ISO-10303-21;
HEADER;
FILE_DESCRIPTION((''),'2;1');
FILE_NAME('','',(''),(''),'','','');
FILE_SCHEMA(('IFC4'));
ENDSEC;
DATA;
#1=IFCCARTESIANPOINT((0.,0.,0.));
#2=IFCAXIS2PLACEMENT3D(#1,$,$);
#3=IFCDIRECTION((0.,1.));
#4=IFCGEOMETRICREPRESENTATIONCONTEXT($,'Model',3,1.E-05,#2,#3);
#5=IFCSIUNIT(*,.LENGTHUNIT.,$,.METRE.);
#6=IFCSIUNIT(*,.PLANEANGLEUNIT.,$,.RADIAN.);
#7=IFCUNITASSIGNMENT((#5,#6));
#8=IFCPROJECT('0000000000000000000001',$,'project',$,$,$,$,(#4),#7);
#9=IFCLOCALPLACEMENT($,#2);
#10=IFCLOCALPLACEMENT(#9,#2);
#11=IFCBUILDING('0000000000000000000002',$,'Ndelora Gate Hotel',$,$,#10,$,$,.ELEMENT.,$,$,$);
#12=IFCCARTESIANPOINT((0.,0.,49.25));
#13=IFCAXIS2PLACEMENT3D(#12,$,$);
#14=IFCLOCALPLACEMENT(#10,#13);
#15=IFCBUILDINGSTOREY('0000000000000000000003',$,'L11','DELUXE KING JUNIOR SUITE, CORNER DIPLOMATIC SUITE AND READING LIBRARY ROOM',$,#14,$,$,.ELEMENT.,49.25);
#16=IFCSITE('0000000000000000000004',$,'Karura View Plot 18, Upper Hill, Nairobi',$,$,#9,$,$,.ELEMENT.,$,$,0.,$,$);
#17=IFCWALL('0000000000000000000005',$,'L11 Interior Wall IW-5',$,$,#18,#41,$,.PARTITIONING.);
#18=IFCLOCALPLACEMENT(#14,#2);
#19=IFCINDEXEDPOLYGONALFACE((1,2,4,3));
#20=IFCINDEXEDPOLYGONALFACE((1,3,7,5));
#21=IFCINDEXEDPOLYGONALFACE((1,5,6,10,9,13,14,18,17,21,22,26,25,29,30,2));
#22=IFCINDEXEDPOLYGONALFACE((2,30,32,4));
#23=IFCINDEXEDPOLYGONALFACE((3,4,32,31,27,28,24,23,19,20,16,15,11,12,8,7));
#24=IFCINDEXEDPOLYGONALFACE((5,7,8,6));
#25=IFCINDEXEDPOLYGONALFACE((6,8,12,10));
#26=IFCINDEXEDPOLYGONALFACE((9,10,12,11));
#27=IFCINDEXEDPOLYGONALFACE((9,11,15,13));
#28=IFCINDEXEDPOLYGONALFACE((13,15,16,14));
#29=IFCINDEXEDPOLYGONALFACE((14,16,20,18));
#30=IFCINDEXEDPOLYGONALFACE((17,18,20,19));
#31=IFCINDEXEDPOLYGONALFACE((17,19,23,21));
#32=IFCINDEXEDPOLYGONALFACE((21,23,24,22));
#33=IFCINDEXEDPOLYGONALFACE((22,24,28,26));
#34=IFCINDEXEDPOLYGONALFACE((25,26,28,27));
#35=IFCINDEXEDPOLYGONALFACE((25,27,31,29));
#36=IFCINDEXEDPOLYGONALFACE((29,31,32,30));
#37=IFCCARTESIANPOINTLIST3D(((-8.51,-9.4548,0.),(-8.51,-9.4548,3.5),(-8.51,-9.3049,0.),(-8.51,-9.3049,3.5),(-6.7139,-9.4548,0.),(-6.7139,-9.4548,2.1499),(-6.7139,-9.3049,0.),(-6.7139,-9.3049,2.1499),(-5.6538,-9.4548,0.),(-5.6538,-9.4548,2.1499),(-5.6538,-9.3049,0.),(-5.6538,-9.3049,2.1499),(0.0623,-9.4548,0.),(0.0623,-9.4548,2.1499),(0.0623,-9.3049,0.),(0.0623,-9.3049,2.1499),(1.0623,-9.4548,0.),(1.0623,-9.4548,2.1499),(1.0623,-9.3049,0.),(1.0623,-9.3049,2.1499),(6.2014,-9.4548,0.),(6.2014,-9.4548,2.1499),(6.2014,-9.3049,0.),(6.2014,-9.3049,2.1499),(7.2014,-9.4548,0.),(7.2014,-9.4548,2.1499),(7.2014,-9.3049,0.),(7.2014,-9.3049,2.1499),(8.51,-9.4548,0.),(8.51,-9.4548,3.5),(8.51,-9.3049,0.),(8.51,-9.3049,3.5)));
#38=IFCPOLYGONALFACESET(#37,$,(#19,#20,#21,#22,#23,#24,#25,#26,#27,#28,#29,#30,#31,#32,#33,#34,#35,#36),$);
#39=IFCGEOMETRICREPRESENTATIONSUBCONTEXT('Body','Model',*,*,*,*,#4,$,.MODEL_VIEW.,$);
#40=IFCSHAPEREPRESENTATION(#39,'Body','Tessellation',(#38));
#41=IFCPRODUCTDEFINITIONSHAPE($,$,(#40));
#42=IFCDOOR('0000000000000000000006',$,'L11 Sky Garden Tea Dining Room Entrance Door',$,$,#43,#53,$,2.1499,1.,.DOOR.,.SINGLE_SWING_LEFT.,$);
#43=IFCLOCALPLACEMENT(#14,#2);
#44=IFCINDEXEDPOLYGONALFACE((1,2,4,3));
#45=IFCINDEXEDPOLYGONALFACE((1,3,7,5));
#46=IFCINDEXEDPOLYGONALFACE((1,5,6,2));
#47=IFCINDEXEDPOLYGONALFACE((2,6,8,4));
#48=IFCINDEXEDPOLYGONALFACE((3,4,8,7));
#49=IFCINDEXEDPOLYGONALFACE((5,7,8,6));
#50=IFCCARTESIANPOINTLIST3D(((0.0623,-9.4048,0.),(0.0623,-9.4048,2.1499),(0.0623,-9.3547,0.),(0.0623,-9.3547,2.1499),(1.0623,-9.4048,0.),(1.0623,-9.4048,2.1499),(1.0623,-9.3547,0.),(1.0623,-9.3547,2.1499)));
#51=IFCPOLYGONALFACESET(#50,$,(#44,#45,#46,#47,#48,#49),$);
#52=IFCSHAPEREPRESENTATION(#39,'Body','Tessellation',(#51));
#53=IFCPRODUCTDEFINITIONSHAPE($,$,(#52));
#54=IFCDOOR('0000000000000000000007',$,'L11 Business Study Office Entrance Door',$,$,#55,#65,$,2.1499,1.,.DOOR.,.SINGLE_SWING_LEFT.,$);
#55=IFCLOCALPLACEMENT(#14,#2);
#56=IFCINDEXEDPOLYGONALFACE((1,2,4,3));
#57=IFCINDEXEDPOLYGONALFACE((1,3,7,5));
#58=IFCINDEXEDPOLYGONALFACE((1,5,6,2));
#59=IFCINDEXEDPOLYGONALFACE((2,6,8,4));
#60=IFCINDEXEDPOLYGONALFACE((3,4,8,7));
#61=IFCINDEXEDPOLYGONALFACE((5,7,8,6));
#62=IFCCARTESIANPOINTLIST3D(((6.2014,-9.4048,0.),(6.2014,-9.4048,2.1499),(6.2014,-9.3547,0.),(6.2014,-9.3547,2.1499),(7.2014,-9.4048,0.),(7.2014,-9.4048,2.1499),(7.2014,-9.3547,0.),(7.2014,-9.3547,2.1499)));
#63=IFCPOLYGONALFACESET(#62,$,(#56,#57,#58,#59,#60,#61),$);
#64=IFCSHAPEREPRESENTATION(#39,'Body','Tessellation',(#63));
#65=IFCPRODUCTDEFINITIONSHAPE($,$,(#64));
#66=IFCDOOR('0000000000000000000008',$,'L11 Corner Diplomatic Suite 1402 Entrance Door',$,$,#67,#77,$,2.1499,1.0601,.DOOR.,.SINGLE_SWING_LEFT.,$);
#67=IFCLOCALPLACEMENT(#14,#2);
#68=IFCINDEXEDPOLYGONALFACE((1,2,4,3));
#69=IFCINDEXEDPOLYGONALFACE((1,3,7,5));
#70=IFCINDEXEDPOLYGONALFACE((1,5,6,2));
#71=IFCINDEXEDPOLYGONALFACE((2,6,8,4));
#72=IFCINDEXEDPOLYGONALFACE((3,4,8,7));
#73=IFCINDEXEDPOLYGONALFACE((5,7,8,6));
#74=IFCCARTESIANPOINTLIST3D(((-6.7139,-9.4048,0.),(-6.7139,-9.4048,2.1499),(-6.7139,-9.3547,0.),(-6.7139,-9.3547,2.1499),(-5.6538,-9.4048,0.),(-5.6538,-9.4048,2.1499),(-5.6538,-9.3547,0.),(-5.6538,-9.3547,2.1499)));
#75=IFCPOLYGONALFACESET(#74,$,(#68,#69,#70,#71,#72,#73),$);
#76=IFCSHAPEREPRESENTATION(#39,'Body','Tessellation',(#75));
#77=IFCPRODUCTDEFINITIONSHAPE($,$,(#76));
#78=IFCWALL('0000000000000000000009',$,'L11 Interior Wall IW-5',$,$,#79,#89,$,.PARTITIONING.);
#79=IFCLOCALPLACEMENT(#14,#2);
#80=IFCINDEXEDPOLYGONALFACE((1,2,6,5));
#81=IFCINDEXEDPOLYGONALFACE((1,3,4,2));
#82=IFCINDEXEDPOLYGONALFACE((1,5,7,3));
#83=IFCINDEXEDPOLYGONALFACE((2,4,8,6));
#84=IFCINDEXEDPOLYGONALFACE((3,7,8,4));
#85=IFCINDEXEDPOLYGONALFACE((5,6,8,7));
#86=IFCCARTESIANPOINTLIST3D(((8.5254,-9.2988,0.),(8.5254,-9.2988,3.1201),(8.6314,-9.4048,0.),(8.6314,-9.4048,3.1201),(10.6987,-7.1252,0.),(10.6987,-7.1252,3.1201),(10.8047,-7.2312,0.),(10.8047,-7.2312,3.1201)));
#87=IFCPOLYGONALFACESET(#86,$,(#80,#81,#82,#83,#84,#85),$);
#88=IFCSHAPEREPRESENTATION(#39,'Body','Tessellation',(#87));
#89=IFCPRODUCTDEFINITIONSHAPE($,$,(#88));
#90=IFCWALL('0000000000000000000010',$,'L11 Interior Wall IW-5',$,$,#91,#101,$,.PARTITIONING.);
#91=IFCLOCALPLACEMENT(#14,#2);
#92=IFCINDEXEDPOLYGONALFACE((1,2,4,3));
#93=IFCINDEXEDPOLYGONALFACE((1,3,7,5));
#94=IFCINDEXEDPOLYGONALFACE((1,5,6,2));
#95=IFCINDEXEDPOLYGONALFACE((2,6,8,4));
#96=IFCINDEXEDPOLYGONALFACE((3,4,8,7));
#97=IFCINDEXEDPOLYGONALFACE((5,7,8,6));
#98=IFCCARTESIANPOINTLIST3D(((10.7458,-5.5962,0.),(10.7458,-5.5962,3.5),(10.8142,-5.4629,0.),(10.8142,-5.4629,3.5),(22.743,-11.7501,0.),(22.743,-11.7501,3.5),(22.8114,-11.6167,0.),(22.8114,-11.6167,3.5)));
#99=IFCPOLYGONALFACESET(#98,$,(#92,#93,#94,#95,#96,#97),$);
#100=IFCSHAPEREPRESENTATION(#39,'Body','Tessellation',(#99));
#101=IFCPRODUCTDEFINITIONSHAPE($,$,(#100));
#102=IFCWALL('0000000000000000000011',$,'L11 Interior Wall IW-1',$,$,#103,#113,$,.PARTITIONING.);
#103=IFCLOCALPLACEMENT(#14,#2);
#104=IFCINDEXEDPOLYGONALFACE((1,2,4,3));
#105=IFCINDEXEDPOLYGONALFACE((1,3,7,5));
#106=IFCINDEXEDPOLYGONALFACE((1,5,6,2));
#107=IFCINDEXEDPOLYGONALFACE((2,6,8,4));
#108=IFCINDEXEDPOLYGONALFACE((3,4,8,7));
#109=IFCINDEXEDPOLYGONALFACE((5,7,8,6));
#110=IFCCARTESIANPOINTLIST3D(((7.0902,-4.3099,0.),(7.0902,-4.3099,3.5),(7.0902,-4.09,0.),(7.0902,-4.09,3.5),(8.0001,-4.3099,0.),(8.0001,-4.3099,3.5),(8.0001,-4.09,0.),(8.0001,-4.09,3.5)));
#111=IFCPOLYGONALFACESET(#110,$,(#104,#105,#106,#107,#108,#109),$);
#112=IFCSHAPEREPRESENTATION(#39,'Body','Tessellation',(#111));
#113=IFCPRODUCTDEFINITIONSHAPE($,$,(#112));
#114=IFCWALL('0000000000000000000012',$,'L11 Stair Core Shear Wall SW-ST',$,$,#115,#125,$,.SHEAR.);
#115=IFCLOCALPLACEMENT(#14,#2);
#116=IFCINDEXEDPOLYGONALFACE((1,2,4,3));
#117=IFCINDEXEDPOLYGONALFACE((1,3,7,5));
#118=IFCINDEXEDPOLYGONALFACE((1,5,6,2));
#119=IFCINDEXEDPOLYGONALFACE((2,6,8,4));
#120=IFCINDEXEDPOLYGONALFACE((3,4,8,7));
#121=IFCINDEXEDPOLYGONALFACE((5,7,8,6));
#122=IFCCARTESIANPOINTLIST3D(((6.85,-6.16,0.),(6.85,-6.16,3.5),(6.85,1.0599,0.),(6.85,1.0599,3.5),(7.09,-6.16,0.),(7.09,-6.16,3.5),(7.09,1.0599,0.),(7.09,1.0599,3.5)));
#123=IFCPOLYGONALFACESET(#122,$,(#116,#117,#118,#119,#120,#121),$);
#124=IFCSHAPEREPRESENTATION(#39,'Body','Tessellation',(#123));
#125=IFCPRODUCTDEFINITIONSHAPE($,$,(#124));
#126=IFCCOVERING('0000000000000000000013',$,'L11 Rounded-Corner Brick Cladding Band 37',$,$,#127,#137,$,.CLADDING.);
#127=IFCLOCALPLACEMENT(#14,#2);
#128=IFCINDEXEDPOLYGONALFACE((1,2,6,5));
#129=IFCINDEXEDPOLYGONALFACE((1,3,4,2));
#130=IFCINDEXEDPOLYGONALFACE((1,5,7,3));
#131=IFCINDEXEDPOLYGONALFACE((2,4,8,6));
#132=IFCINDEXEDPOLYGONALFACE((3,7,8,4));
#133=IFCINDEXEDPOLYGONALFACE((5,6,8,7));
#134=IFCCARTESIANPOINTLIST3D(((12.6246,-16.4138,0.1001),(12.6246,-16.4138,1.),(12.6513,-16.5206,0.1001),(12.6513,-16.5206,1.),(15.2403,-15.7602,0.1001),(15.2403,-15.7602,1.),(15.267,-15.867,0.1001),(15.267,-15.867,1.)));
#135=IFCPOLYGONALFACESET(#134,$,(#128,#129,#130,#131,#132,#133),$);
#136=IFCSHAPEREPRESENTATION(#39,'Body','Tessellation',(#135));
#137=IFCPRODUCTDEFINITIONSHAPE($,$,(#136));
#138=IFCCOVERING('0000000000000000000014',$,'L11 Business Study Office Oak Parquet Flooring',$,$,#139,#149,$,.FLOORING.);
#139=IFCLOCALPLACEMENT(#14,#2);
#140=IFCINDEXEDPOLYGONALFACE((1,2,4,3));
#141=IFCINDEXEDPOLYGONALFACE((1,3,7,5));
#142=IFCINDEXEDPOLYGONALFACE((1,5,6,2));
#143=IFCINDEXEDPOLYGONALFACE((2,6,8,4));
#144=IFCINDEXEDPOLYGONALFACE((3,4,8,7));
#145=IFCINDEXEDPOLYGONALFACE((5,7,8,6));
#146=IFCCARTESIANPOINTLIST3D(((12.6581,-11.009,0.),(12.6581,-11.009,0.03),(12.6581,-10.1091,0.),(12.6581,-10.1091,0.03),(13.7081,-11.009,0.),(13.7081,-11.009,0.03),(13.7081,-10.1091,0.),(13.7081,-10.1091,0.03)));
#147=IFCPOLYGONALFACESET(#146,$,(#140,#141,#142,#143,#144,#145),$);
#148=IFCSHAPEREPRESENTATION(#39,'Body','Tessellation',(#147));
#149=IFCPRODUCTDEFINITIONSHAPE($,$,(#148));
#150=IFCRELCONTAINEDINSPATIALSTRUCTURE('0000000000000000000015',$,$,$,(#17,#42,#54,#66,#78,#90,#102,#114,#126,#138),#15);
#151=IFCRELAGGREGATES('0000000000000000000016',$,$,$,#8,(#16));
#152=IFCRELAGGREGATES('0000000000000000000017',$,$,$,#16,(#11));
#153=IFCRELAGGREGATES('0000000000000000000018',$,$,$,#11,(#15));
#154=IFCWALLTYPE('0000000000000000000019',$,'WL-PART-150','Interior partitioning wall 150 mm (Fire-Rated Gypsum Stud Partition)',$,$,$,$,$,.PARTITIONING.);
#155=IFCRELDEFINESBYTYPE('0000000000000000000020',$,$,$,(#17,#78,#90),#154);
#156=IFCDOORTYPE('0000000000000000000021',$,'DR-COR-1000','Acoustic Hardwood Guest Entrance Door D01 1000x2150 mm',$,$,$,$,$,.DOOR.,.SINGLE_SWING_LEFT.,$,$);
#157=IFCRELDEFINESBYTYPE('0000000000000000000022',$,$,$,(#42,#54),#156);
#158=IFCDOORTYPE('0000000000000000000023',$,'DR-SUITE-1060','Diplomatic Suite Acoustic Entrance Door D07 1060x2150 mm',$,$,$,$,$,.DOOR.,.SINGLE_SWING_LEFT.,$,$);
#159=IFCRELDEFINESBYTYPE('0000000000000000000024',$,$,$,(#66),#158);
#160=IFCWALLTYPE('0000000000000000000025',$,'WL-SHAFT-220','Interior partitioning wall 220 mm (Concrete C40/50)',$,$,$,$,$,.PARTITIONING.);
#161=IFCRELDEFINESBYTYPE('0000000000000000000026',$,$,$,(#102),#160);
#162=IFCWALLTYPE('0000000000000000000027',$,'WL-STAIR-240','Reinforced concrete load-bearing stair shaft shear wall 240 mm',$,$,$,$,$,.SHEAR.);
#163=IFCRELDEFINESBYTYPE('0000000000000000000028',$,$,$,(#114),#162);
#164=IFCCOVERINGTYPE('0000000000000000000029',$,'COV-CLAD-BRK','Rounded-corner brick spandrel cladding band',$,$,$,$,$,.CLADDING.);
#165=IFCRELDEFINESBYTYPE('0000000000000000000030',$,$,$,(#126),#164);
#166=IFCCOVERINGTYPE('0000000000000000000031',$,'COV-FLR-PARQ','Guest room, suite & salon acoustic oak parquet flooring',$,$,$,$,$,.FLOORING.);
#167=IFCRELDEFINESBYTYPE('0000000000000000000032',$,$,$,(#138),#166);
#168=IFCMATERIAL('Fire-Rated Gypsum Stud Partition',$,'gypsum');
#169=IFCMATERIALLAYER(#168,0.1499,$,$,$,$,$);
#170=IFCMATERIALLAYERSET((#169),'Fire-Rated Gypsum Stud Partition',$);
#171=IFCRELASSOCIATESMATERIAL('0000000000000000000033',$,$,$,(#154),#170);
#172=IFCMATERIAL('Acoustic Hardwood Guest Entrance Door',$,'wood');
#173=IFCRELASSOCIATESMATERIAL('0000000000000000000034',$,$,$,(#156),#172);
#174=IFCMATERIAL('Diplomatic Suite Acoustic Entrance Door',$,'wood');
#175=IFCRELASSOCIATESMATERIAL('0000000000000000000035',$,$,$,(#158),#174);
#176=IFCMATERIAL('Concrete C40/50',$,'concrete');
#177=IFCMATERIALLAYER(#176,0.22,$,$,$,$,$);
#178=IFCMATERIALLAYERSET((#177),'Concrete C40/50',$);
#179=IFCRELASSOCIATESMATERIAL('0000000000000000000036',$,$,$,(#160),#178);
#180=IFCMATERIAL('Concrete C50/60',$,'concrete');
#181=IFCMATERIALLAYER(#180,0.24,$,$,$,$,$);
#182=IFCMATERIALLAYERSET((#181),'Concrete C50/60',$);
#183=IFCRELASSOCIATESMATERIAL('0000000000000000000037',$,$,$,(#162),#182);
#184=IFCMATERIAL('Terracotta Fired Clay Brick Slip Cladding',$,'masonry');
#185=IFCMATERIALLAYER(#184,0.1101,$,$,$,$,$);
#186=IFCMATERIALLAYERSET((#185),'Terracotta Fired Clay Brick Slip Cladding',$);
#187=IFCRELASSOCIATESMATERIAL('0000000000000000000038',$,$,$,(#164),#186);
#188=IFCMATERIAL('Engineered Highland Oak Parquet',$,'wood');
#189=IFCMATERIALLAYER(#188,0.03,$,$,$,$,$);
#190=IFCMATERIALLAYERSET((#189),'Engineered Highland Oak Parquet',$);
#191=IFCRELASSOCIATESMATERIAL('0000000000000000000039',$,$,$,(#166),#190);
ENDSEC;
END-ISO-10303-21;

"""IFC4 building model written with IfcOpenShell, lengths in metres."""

from ifc_helpers import new_model, si_unit, direction, frame, frame_2d, origin, origin_2d, place, context, subcontext, project, spatial, rectangle, extrude, material, layer, layer_set, type_object, element, fill, save


model = new_model("IFC4")

# Units and contexts
model_context = context("Model", 3, precision=1e-05, world=origin(), true_north=direction((0.0, 1.0)))
body_context = subcontext(model_context, "Body", "Model", "MODEL_VIEW")
ifc_project = project(units=[si_unit("LENGTHUNIT", "METRE"), si_unit("PLANEANGLEUNIT", "RADIAN")], contexts=[model_context])

# Site, building, storey
site_placement = place(None, origin())
site = spatial("IfcSite", under=ifc_project, at=site_placement, Name="Karura View Plot 18, Upper Hill, Nairobi", CompositionType="ELEMENT", RefElevation=0.0)
building_placement = place(site_placement, origin())
building = spatial("IfcBuilding", under=site, at=building_placement, Name="Ndelora Gate Hotel", CompositionType="ELEMENT")
storey_placement = place(building_placement, frame((0.0, 0.0, 49.25)))
storey = spatial("IfcBuildingStorey", under=building, at=storey_placement, Name="L11", Description="DELUXE KING JUNIOR SUITE, CORNER DIPLOMATIC SUITE AND READING LIBRARY ROOM", CompositionType="ELEMENT", Elevation=49.25)

# Wall, openings, doors
ifc_material_1 = material(Name="Fire-Rated Gypsum Stud Partition", Category="gypsum")
ifc_layer_1 = layer(ifc_material_1, 0.1499)
ifc_layer_set_1 = layer_set([ifc_layer_1], Name="Fire-Rated Gypsum Stud Partition")
wall_type_1 = type_object("IfcWallType", Name="WL-PART-150", Description="Interior partitioning wall 150 mm (Fire-Rated Gypsum Stud Partition)", PredefinedType="PARTITIONING", material=ifc_layer_set_1)
wall_1_placement = place(storey_placement, frame((8.51, -9.3799, 0.0), z_axis=(0.0, 0.0, 1.0), x_axis=(-1.0, 0.0, 0.0)))
wall_1 = element("IfcWall", 1, at=wall_1_placement, inside=storey, type_object=wall_type_1, Name="L11 Interior Wall IW-5", PredefinedType="PARTITIONING", context=body_context, shape_type="SweptSolid", body=[
    extrude(rectangle(XDim=17.02, YDim=0.1499, at=frame_2d((8.51, 0.0))), origin(), (0.0, 0.0, 1.0), 3.5),
])
opening_1_placement = place(wall_1_placement, frame((7.4478, 0.0, 0.0)))
opening_1 = element("IfcOpeningElement", 2, at=opening_1_placement, cuts=wall_1, PredefinedType="OPENING", context=body_context, shape_type="SweptSolid", body=[
    extrude(rectangle(XDim=1.0, YDim=2.1499, at=frame_2d((0.5, 1.075))), frame((0.0, 0.085, 0.0), z_axis=(0.0, -1.0, 0.0), x_axis=(1.0, 0.0, 0.0)), (0.0, 0.0, 1.0), 0.1699),
])
opening_2_placement = place(wall_1_placement, frame((1.3086, 0.0, 0.0)))
opening_2 = element("IfcOpeningElement", 3, at=opening_2_placement, cuts=wall_1, PredefinedType="OPENING", context=body_context, shape_type="SweptSolid", body=[
    extrude(rectangle(XDim=1.0, YDim=2.1499, at=frame_2d((0.5, 1.075))), frame((0.0, 0.085, 0.0), z_axis=(0.0, -1.0, 0.0), x_axis=(1.0, 0.0, 0.0)), (0.0, 0.0, 1.0), 0.1699),
])
opening_3_placement = place(wall_1_placement, frame((14.1638, 0.0, 0.0)))
opening_3 = element("IfcOpeningElement", 4, at=opening_3_placement, cuts=wall_1, PredefinedType="OPENING", context=body_context, shape_type="SweptSolid", body=[
    extrude(rectangle(XDim=1.0601, YDim=2.1499, at=frame_2d((0.53, 1.075))), frame((0.0, 0.085, 0.0), z_axis=(0.0, -1.0, 0.0), x_axis=(1.0, 0.0, 0.0)), (0.0, 0.0, 1.0), 0.1699),
])
ifc_material_2 = material(Name="Acoustic Hardwood Guest Entrance Door", Category="wood")
door_type_1 = type_object("IfcDoorType", Name="DR-COR-1000", Description="Acoustic Hardwood Guest Entrance Door D01 1000x2150 mm", OperationType="SINGLE_SWING_LEFT", PredefinedType="DOOR", material=ifc_material_2)
door_1_placement = place(opening_1_placement, origin())
door_1 = element("IfcDoor", 5, at=door_1_placement, inside=storey, type_object=door_type_1, Name="L11 Sky Garden Tea Dining Room Entrance Door", OperationType="SINGLE_SWING_LEFT", OverallHeight=2.1499, OverallWidth=1.0, PredefinedType="DOOR", context=body_context, shape_type="SweptSolid", body=[
    extrude(rectangle(XDim=1.0, YDim=2.1499, at=frame_2d((0.5, 1.075))), frame((0.0, 0.0249, 0.0), z_axis=(0.0, -1.0, 0.0), x_axis=(1.0, 0.0, 0.0)), (0.0, 0.0, 1.0), 0.05),
])
fill(opening_1, door_1)
door_2_placement = place(opening_2_placement, origin())
door_2 = element("IfcDoor", 6, at=door_2_placement, inside=storey, type_object=door_type_1, Name="L11 Business Study Office Entrance Door", OperationType="SINGLE_SWING_LEFT", OverallHeight=2.1499, OverallWidth=1.0, PredefinedType="DOOR", context=body_context, shape_type="SweptSolid", body=[
    extrude(rectangle(XDim=1.0, YDim=2.1499, at=frame_2d((0.5, 1.075))), frame((0.0, 0.0249, 0.0), z_axis=(0.0, -1.0, 0.0), x_axis=(1.0, 0.0, 0.0)), (0.0, 0.0, 1.0), 0.05),
])
fill(opening_2, door_2)
ifc_material_3 = material(Name="Diplomatic Suite Acoustic Entrance Door", Category="wood")
door_type_2 = type_object("IfcDoorType", Name="DR-SUITE-1060", Description="Diplomatic Suite Acoustic Entrance Door D07 1060x2150 mm", OperationType="SINGLE_SWING_LEFT", PredefinedType="DOOR", material=ifc_material_3)
door_3_placement = place(opening_3_placement, origin())
door_3 = element("IfcDoor", 7, at=door_3_placement, inside=storey, type_object=door_type_2, Name="L11 Corner Diplomatic Suite 1402 Entrance Door", OperationType="SINGLE_SWING_LEFT", OverallHeight=2.1499, OverallWidth=1.0601, PredefinedType="DOOR", context=body_context, shape_type="SweptSolid", body=[
    extrude(rectangle(XDim=1.0601, YDim=2.1499, at=frame_2d((0.53, 1.075))), frame((0.0, 0.0249, 0.0), z_axis=(0.0, -1.0, 0.0), x_axis=(1.0, 0.0, 0.0)), (0.0, 0.0, 1.0), 0.05),
])
fill(opening_3, door_3)

# Walls
wall_2_placement = place(storey_placement, frame((10.7517, -7.1782, 0.0), z_axis=(0.0, 0.0, 1.0), x_axis=(-0.707067, -0.707146, 0.0)))
element("IfcWall", 8, at=wall_2_placement, inside=storey, type_object=wall_type_1, Name="L11 Interior Wall IW-5", PredefinedType="PARTITIONING", context=body_context, shape_type="SweptSolid", body=[
    extrude(rectangle(XDim=3.0737, YDim=0.1499, at=frame_2d((1.5369, 0.0))), origin(), (0.0, 0.0, 1.0), 3.1201),
])
wall_3_placement = place(storey_placement, frame((10.78, -5.5295, 0.0), z_axis=(0.0, 0.0, 1.0), x_axis=(0.889773, -0.456403, 0.0)))
element("IfcWall", 9, at=wall_3_placement, inside=storey, type_object=wall_type_1, Name="L11 Interior Wall IW-5", PredefinedType="PARTITIONING", context=body_context, shape_type="SweptSolid", body=[
    extrude(rectangle(XDim=13.4834, YDim=0.1499, at=frame_2d((6.7417, 0.0))), origin(), (0.0, 0.0, 1.0), 3.5),
])
ifc_material_4 = material(Name="Concrete C40/50", Category="concrete")
ifc_layer_2 = layer(ifc_material_4, 0.22)
ifc_layer_set_2 = layer_set([ifc_layer_2], Name="Concrete C40/50")
wall_type_2 = type_object("IfcWallType", Name="WL-SHAFT-220", Description="Interior partitioning wall 220 mm (Concrete C40/50)", PredefinedType="PARTITIONING", material=ifc_layer_set_2)
wall_4_placement = place(storey_placement, frame((7.0901, -4.2, 0.0), z_axis=(0.0, 0.0, 1.0), x_axis=(1.0, 0.0, 0.0)))
element("IfcWall", 10, at=wall_4_placement, inside=storey, type_object=wall_type_2, Name="L11 Interior Wall IW-1", PredefinedType="PARTITIONING", context=body_context, shape_type="SweptSolid", body=[
    extrude(rectangle(XDim=0.9099, YDim=0.22, at=frame_2d((0.4551, 0.0))), origin(), (0.0, 0.0, 1.0), 3.5),
])
ifc_material_5 = material(Name="Concrete C50/60", Category="concrete")
ifc_layer_3 = layer(ifc_material_5, 0.24)
ifc_layer_set_3 = layer_set([ifc_layer_3], Name="Concrete C50/60")
wall_type_3 = type_object("IfcWallType", Name="WL-STAIR-240", Description="Reinforced concrete load-bearing stair shaft shear wall 240 mm", PredefinedType="SHEAR", material=ifc_layer_set_3)
wall_5_placement = place(storey_placement, frame((6.97, -6.1599, 0.0), z_axis=(0.0, 0.0, 1.0), x_axis=(0.0, 1.0, 0.0)))
element("IfcWall", 11, at=wall_5_placement, inside=storey, type_object=wall_type_3, Name="L11 Stair Core Shear Wall SW-ST", PredefinedType="SHEAR", context=body_context, shape_type="SweptSolid", body=[
    extrude(rectangle(XDim=7.22, YDim=0.24, at=frame_2d((3.6099, 0.0))), origin(), (0.0, 0.0, 1.0), 3.5),
])

# Coverings
ifc_material_6 = material(Name="Terracotta Fired Clay Brick Slip Cladding", Category="masonry")
ifc_layer_4 = layer(ifc_material_6, 0.1101)
ifc_layer_set_4 = layer_set([ifc_layer_4], Name="Terracotta Fired Clay Brick Slip Cladding")
covering_type_1 = type_object("IfcCoveringType", Name="COV-CLAD-BRK", Description="Rounded-corner brick spandrel cladding band", PredefinedType="CLADDING", material=ifc_layer_set_4)
covering_1_placement = place(storey_placement, frame((13.9458, -16.1404, 0.1001), z_axis=(0.0, 0.0, 1.0), x_axis=(0.970169, 0.24243, 0.0)))
element("IfcCovering", 12, at=covering_1_placement, inside=storey, type_object=covering_type_1, Name="L11 Rounded-Corner Brick Cladding Band 37", PredefinedType="CLADDING", context=body_context, shape_type="SweptSolid", body=[
    extrude(rectangle(XDim=2.696, YDim=0.1101, at=origin_2d()), origin(), (0.0, 0.0, 1.0), 0.8999),
])
ifc_material_7 = material(Name="Engineered Highland Oak Parquet", Category="wood")
ifc_layer_5 = layer(ifc_material_7, 0.03)
ifc_layer_set_5 = layer_set([ifc_layer_5], Name="Engineered Highland Oak Parquet")
covering_type_2 = type_object("IfcCoveringType", Name="COV-FLR-PARQ", Description="Guest room, suite & salon acoustic oak parquet flooring", PredefinedType="FLOORING", material=ifc_layer_set_5)
covering_2_placement = place(storey_placement, frame((13.1831, -10.5591, 0.0), z_axis=(0.0, 0.0, 1.0), x_axis=(1.0, 0.0, 0.0)))
element("IfcCovering", 13, at=covering_2_placement, inside=storey, type_object=covering_type_2, Name="L11 Business Study Office Oak Parquet Flooring", PredefinedType="FLOORING", context=body_context, shape_type="SweptSolid", body=[
    extrude(rectangle(XDim=1.05, YDim=0.8999, at=origin_2d()), origin(), (0.0, 0.0, 1.0), 0.03),
])

save(model, "model.ifc")
